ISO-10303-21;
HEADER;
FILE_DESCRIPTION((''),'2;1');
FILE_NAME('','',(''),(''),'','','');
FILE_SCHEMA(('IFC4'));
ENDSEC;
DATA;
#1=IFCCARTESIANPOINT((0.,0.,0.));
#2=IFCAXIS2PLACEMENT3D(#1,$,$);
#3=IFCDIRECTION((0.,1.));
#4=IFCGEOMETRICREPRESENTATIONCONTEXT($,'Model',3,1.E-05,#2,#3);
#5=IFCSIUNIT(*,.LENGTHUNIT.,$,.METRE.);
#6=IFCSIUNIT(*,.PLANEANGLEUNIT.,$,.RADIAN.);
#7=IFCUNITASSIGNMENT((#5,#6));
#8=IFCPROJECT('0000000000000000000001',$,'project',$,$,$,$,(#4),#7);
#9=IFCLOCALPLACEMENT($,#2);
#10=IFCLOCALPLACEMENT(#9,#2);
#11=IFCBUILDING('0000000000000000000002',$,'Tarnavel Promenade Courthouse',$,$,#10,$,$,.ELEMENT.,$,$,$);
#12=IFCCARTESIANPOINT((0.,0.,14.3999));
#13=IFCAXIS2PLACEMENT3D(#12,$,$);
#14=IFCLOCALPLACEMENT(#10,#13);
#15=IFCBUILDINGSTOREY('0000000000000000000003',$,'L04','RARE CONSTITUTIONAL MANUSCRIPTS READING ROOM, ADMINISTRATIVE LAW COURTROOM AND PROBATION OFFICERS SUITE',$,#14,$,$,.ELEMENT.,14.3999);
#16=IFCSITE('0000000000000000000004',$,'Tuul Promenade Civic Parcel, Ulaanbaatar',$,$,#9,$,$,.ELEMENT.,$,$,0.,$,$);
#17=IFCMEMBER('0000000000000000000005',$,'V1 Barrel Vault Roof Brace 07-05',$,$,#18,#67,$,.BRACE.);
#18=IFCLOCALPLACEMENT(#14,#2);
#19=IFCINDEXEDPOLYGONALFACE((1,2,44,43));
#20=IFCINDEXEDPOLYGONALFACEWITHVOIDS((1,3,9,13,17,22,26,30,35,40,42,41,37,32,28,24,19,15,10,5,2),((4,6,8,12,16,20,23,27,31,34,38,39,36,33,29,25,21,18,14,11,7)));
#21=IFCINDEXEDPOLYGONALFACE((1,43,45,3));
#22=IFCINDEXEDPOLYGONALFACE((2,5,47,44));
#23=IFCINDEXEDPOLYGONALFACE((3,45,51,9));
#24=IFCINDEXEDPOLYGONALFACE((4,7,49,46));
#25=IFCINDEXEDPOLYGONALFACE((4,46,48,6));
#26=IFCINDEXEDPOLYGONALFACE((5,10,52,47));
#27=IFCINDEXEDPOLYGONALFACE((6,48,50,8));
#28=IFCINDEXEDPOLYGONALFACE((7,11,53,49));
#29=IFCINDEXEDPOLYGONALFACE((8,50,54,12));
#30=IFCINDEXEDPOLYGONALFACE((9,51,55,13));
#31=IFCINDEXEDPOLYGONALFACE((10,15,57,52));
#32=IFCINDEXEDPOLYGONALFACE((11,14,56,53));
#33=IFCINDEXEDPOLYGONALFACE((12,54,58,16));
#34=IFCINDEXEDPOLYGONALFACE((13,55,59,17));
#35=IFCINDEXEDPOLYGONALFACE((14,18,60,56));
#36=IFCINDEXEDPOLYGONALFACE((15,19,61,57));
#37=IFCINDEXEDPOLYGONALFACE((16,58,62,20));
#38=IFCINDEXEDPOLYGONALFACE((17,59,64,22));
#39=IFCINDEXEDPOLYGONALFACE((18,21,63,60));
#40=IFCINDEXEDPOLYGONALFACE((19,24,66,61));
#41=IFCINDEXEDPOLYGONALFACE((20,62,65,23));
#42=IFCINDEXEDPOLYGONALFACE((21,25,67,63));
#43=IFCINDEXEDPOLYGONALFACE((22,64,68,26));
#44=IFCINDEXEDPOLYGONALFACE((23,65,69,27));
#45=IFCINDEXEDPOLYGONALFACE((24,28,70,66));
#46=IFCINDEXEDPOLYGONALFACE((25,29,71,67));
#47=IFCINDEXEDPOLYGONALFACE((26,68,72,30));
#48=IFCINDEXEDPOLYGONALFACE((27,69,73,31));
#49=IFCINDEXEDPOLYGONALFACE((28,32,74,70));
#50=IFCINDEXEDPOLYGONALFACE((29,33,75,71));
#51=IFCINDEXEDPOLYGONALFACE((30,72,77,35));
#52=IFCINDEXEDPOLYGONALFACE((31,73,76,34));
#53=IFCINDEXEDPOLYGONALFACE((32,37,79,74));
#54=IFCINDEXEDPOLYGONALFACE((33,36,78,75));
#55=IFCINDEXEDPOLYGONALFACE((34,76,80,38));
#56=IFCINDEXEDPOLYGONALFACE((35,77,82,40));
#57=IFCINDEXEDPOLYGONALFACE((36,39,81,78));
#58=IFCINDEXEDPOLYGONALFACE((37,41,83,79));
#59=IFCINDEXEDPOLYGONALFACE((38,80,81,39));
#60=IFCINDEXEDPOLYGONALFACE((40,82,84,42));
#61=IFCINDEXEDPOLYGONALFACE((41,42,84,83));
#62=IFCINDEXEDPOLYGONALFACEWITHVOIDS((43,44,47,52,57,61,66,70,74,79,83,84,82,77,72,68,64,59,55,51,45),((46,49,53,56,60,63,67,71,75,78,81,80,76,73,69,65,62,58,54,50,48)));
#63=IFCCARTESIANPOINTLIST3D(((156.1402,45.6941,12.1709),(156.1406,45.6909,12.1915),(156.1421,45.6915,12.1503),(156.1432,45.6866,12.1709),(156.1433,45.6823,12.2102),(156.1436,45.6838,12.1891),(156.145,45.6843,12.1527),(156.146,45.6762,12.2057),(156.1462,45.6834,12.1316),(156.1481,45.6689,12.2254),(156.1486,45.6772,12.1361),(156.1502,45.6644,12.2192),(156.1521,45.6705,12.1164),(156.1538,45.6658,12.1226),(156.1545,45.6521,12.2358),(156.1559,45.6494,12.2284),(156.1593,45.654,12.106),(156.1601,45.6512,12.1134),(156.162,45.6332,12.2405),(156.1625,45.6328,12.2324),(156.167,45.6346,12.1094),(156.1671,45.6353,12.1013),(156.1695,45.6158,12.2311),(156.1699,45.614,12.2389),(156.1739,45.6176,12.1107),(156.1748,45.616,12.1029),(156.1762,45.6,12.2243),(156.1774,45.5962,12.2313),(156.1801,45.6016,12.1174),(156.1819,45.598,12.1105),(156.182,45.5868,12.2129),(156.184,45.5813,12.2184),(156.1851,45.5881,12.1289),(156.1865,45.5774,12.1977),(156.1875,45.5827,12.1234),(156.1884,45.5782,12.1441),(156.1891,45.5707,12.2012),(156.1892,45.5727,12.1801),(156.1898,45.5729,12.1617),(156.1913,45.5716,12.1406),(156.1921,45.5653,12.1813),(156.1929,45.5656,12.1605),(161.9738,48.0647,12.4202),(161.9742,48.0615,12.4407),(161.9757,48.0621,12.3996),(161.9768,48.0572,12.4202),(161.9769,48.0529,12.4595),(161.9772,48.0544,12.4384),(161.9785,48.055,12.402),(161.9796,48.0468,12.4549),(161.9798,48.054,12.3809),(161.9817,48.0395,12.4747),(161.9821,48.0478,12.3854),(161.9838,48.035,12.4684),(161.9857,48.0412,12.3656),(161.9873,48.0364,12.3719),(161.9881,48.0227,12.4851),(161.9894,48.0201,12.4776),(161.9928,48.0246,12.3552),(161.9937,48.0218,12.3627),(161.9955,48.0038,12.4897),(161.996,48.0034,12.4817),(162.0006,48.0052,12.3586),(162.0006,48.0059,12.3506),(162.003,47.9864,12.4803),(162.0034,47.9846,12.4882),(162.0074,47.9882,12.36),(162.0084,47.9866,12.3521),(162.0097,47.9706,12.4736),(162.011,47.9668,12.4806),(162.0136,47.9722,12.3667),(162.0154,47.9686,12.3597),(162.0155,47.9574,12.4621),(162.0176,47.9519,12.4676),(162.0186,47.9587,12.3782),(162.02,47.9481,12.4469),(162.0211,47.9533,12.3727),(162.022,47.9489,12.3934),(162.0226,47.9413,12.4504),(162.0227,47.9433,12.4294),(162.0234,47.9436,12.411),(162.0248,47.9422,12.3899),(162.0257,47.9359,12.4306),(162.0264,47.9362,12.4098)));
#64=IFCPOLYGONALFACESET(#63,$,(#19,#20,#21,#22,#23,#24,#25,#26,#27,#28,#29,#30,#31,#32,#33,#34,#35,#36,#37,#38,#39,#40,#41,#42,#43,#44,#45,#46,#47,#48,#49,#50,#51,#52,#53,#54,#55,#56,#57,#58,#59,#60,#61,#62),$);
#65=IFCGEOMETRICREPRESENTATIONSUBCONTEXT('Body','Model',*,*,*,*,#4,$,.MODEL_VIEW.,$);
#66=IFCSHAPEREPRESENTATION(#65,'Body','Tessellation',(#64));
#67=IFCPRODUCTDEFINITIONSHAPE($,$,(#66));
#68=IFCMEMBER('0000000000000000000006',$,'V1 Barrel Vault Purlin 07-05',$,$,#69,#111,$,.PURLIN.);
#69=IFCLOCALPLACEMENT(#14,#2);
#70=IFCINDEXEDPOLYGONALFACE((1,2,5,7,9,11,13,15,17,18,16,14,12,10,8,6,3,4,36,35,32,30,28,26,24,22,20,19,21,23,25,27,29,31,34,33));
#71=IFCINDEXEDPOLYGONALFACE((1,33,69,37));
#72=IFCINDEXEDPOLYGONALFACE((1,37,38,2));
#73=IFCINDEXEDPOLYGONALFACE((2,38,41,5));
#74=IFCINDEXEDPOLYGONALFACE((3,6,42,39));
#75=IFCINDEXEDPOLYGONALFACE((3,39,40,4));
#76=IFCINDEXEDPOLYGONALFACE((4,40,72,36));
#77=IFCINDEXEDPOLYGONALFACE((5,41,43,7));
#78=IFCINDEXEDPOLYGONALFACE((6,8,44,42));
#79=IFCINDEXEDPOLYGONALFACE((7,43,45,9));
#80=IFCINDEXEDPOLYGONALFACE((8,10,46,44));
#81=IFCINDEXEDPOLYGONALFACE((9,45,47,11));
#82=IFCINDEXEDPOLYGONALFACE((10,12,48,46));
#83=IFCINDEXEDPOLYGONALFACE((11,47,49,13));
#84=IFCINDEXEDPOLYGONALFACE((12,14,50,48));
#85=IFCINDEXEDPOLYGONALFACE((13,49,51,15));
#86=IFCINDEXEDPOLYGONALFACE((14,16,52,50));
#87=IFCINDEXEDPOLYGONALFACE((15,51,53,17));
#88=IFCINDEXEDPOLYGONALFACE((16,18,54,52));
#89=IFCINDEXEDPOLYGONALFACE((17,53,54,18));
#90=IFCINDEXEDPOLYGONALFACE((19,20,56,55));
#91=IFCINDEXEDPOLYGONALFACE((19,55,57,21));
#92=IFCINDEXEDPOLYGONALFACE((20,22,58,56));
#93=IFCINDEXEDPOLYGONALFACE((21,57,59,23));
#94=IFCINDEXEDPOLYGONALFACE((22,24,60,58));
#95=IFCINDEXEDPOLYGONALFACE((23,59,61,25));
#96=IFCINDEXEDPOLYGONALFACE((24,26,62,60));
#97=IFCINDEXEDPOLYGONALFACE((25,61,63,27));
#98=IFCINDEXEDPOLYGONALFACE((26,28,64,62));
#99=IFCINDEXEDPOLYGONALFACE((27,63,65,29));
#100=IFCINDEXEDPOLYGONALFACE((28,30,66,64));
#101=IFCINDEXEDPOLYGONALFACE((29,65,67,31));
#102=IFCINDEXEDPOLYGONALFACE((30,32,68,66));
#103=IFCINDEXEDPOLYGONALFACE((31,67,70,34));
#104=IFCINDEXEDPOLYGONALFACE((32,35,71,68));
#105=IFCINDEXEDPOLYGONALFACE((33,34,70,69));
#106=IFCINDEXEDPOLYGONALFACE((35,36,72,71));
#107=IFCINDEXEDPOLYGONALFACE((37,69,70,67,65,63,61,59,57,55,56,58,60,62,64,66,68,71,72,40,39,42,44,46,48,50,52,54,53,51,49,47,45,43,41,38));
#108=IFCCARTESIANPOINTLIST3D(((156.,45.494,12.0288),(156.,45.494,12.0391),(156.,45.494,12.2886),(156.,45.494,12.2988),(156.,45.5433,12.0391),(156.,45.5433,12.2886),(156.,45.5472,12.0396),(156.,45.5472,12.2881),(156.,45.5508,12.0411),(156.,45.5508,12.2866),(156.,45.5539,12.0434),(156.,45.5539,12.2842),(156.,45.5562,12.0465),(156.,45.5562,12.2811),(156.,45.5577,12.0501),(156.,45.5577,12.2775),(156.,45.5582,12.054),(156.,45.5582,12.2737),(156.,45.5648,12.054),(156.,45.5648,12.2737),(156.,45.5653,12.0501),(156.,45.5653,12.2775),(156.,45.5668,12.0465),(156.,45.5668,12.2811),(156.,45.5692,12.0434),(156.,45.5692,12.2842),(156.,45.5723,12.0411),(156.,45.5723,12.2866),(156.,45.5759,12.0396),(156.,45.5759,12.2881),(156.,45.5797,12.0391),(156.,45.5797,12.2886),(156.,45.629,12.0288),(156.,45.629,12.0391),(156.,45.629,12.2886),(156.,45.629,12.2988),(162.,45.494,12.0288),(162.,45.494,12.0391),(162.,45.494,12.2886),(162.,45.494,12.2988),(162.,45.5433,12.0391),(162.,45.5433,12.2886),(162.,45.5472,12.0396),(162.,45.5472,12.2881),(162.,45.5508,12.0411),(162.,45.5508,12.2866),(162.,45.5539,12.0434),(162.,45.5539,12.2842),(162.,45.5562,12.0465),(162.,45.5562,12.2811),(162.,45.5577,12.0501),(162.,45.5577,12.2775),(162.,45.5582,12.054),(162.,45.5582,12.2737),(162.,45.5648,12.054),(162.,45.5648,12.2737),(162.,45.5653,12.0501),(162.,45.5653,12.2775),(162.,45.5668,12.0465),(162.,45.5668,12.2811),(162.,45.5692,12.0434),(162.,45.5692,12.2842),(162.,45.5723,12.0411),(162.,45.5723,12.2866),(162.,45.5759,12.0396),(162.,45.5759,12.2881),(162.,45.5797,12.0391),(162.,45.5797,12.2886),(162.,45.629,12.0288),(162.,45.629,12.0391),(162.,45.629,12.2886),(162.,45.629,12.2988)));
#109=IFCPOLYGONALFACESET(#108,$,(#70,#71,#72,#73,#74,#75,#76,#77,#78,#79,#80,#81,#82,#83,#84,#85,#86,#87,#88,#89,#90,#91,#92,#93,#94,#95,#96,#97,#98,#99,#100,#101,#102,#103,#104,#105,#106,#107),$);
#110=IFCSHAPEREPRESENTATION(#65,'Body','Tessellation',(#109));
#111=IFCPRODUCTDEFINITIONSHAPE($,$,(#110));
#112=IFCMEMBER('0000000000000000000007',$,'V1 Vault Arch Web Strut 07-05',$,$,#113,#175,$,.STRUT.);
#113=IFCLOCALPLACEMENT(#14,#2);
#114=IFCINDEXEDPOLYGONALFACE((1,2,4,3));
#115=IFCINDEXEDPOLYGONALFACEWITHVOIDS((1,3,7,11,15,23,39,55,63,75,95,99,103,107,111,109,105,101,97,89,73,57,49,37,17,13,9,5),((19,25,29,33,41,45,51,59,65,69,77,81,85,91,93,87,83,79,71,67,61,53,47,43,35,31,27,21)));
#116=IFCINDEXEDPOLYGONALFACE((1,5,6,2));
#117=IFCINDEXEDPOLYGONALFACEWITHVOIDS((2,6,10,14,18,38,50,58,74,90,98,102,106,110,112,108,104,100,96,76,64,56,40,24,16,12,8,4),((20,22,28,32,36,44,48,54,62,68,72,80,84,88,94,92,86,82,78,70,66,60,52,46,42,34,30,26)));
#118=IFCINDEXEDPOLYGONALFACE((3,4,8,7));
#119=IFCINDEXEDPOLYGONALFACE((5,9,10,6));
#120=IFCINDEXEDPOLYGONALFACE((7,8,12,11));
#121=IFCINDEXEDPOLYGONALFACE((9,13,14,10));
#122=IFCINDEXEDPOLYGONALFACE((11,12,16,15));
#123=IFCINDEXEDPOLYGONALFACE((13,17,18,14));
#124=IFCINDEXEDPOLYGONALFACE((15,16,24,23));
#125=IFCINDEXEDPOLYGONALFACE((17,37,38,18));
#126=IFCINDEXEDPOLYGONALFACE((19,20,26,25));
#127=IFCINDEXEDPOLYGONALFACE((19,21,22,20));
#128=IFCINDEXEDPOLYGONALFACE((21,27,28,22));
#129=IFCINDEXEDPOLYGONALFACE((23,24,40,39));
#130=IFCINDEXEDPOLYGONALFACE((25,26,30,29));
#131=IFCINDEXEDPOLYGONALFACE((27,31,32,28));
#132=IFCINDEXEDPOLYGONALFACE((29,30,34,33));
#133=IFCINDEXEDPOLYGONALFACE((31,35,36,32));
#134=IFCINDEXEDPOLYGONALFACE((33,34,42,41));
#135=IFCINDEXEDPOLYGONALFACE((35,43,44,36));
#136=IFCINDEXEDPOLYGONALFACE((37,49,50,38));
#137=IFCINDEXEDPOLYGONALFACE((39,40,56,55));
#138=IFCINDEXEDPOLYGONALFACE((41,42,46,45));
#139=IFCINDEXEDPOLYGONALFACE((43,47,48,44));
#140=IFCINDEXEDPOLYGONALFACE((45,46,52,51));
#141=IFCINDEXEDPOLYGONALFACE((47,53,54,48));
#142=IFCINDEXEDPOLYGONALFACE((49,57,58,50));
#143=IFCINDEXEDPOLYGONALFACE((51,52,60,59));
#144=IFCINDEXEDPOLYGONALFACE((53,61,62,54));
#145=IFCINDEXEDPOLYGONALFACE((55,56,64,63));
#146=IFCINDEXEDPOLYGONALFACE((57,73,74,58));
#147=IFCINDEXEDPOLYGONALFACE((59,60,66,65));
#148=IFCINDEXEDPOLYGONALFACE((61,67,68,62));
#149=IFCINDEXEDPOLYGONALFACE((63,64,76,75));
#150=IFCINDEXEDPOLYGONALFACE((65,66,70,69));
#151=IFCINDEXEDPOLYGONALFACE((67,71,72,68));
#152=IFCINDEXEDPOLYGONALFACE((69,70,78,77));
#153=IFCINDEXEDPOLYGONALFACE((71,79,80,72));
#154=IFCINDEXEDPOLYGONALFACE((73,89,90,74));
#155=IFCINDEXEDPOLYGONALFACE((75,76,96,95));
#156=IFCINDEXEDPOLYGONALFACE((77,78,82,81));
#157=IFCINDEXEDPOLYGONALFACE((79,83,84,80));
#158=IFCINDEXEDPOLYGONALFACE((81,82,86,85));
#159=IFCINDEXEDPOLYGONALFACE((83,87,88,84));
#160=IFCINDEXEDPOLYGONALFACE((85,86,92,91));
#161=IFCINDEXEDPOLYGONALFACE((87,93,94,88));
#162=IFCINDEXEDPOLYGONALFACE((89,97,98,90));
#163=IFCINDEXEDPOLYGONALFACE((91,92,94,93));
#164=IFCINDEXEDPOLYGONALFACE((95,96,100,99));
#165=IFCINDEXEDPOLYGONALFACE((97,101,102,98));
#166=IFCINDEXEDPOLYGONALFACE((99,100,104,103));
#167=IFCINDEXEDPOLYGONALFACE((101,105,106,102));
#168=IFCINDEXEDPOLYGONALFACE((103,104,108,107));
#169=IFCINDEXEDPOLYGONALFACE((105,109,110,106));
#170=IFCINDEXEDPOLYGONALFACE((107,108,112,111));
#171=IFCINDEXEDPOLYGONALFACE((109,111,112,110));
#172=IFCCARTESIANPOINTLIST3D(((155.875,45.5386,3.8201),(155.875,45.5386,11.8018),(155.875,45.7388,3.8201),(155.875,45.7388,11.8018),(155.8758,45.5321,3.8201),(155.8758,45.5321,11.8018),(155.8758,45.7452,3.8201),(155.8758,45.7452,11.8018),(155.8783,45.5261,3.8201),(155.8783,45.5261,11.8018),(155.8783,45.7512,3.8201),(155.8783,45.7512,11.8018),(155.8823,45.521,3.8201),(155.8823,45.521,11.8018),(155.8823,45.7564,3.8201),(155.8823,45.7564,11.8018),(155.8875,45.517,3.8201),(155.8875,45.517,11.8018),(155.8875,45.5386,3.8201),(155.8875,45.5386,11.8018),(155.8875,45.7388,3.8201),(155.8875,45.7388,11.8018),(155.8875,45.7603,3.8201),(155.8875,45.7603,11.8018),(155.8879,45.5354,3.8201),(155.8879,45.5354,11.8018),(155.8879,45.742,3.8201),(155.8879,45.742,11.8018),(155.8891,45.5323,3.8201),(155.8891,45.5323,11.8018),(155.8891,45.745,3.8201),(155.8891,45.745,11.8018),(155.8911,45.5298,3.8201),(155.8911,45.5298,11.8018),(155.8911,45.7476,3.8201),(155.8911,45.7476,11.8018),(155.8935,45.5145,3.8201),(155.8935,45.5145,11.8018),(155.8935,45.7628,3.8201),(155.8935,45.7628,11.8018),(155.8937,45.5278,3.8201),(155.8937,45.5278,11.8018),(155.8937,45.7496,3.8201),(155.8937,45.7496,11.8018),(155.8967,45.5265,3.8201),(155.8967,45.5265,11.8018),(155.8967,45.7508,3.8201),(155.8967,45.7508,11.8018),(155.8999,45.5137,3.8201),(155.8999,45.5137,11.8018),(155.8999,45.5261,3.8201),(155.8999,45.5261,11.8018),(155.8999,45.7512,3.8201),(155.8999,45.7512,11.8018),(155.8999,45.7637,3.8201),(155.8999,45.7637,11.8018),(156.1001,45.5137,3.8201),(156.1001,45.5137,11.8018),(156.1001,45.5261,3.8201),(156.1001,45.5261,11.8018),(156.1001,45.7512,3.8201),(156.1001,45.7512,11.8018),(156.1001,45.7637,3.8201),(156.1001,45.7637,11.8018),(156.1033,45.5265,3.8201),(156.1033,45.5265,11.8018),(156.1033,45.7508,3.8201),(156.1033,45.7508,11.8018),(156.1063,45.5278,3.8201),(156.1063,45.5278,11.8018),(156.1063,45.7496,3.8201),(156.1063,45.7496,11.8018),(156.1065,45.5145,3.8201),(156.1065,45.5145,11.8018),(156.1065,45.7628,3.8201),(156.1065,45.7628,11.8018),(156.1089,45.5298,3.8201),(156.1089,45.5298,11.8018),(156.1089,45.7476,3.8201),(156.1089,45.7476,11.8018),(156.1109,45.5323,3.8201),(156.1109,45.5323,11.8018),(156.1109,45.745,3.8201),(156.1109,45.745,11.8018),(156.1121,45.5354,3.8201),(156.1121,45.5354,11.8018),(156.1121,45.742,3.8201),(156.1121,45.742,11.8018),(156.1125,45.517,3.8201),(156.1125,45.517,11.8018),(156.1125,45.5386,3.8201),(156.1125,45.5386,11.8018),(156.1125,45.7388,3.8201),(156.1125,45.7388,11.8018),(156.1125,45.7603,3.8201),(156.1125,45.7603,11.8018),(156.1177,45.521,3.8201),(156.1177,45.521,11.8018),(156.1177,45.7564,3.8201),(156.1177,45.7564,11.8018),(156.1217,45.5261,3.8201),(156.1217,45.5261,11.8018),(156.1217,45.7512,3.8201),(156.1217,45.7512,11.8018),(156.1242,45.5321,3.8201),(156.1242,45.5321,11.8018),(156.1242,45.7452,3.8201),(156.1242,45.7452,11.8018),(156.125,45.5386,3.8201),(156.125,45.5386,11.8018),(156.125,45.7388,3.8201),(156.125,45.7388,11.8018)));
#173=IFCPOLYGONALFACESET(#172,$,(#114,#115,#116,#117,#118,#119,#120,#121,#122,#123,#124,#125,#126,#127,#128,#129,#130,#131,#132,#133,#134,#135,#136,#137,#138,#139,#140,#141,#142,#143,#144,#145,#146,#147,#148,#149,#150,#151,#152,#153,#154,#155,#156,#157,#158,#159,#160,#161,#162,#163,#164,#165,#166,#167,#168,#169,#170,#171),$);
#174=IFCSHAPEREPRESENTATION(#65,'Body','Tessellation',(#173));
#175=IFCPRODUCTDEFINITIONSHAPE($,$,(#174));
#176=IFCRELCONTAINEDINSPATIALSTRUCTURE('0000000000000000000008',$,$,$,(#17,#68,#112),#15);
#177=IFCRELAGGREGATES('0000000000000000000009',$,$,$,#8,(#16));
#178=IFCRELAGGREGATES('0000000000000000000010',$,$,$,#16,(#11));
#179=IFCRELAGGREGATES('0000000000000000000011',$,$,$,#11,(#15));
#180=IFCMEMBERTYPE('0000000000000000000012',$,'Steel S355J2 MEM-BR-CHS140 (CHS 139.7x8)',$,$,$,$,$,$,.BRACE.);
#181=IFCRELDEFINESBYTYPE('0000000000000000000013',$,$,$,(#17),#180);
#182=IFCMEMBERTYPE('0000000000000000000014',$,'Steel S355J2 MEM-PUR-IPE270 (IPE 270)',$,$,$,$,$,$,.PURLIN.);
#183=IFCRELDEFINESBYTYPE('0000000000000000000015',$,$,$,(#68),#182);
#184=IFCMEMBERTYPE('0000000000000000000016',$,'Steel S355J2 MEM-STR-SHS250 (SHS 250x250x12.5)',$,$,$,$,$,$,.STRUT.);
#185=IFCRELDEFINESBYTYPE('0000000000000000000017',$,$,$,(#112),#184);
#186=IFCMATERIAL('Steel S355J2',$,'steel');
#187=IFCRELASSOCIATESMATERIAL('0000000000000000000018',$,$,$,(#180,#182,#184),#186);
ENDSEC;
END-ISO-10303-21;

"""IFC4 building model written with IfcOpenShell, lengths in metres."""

from ifc_helpers import new_model, si_unit, direction, frame, origin, origin_2d, place, context, subcontext, project, spatial, hollow_rectangle, hollow_circle, i_section, extrude, material, material_profile, profile_set, type_object, element, save


model = new_model("IFC4")

# Units and contexts
model_context = context("Model", 3, precision=1e-05, world=origin(), true_north=direction((0.0, 1.0)))
body_context = subcontext(model_context, "Body", "Model", "MODEL_VIEW")
ifc_project = project(units=[si_unit("LENGTHUNIT", "METRE"), si_unit("PLANEANGLEUNIT", "RADIAN")], contexts=[model_context])

# Site, building, storey
site_placement = place(None, origin())
site = spatial("IfcSite", under=ifc_project, at=site_placement, Name="Tuul Promenade Civic Parcel, Ulaanbaatar", CompositionType="ELEMENT", RefElevation=0.0)
building_placement = place(site_placement, origin())
building = spatial("IfcBuilding", under=site, at=building_placement, Name="Tarnavel Promenade Courthouse", CompositionType="ELEMENT")
storey_placement = place(building_placement, frame((0.0, 0.0, 14.3999)))
storey = spatial("IfcBuildingStorey", under=building, at=storey_placement, Name="L04", Description="RARE CONSTITUTIONAL MANUSCRIPTS READING ROOM, ADMINISTRATIVE LAW COURTROOM AND PROBATION OFFICERS SUITE", CompositionType="ELEMENT", Elevation=14.3999)

# Shared definitions
ifc_material_1 = material(Name="Steel S355J2", Category="steel")

# Members
ifc_material_profile_1 = material_profile(ifc_material_1, hollow_circle(Radius=0.0698, WallThickness=0.0081, at=origin_2d()), Name="CHS 139.7x8")
ifc_profile_set_1 = profile_set([ifc_material_profile_1], Name="Steel S355J2")
member_type_1 = type_object("IfcMemberType", Name="Steel S355J2 MEM-BR-CHS140 (CHS 139.7x8)", PredefinedType="BRACE", material=ifc_profile_set_1)
member_1_placement = place(storey_placement, frame((156.1665, 45.6294, 12.1709), z_axis=(0.9257, 0.376184, 0.039556), x_axis=(-0.376479, 0.926425, 0.0)))
element("IfcMember", 1, at=member_1_placement, inside=storey, type_object=member_type_1, Name="V1 Barrel Vault Roof Brace 07-05", PredefinedType="BRACE", context=body_context, shape_type="SweptSolid", body=[
    extrude(hollow_circle(Radius=0.0698, WallThickness=0.0081, at=origin_2d()), origin(), (0.0, 0.0, 1.0), 6.3018),
])
ifc_material_profile_2 = material_profile(ifc_material_1, i_section(OverallWidth=0.135, OverallDepth=0.27, WebThickness=0.0066, FlangeThickness=0.0103, FilletRadius=0.0149, at=origin_2d()), Name="IPE 270")
ifc_profile_set_2 = profile_set([ifc_material_profile_2], Name="Steel S355J2")
member_type_2 = type_object("IfcMemberType", Name="Steel S355J2 MEM-PUR-IPE270 (IPE 270)", PredefinedType="PURLIN", material=ifc_profile_set_2)
member_2_placement = place(storey_placement, frame((156.0, 45.5615, 12.1638), z_axis=(1.0, 0.0, 0.0), x_axis=(0.0, 1.0, 0.0)))
element("IfcMember", 2, at=member_2_placement, inside=storey, type_object=member_type_2, Name="V1 Barrel Vault Purlin 07-05", PredefinedType="PURLIN", context=body_context, shape_type="SweptSolid", body=[
    extrude(i_section(OverallWidth=0.135, OverallDepth=0.27, WebThickness=0.0066, FlangeThickness=0.0103, FilletRadius=0.0149, at=origin_2d()), origin(), (0.0, 0.0, 1.0), 6.0),
])
ifc_material_profile_3 = material_profile(ifc_material_1, hollow_rectangle(XDim=0.25, YDim=0.25, WallThickness=0.0125, InnerFilletRadius=0.0125, OuterFilletRadius=0.0249, at=origin_2d()), Name="SHS 250x250x12.5")
ifc_profile_set_3 = profile_set([ifc_material_profile_3], Name="Steel S355J2")
member_type_3 = type_object("IfcMemberType", Name="Steel S355J2 MEM-STR-SHS250 (SHS 250x250x12.5)", PredefinedType="STRUT", material=ifc_profile_set_3)
member_3_placement = place(storey_placement, frame((156.0, 45.6387, 3.8201), z_axis=(0.0, 0.0, 1.0), x_axis=(1.0, 0.0, 0.0)))
element("IfcMember", 3, at=member_3_placement, inside=storey, type_object=member_type_3, Name="V1 Vault Arch Web Strut 07-05", PredefinedType="STRUT", context=body_context, shape_type="SweptSolid", body=[
    extrude(hollow_rectangle(XDim=0.25, YDim=0.25, WallThickness=0.0125, InnerFilletRadius=0.0125, OuterFilletRadius=0.0249, at=origin_2d()), origin(), (0.0, 0.0, 1.0), 7.9817),
])

save(model, "model.ifc")
